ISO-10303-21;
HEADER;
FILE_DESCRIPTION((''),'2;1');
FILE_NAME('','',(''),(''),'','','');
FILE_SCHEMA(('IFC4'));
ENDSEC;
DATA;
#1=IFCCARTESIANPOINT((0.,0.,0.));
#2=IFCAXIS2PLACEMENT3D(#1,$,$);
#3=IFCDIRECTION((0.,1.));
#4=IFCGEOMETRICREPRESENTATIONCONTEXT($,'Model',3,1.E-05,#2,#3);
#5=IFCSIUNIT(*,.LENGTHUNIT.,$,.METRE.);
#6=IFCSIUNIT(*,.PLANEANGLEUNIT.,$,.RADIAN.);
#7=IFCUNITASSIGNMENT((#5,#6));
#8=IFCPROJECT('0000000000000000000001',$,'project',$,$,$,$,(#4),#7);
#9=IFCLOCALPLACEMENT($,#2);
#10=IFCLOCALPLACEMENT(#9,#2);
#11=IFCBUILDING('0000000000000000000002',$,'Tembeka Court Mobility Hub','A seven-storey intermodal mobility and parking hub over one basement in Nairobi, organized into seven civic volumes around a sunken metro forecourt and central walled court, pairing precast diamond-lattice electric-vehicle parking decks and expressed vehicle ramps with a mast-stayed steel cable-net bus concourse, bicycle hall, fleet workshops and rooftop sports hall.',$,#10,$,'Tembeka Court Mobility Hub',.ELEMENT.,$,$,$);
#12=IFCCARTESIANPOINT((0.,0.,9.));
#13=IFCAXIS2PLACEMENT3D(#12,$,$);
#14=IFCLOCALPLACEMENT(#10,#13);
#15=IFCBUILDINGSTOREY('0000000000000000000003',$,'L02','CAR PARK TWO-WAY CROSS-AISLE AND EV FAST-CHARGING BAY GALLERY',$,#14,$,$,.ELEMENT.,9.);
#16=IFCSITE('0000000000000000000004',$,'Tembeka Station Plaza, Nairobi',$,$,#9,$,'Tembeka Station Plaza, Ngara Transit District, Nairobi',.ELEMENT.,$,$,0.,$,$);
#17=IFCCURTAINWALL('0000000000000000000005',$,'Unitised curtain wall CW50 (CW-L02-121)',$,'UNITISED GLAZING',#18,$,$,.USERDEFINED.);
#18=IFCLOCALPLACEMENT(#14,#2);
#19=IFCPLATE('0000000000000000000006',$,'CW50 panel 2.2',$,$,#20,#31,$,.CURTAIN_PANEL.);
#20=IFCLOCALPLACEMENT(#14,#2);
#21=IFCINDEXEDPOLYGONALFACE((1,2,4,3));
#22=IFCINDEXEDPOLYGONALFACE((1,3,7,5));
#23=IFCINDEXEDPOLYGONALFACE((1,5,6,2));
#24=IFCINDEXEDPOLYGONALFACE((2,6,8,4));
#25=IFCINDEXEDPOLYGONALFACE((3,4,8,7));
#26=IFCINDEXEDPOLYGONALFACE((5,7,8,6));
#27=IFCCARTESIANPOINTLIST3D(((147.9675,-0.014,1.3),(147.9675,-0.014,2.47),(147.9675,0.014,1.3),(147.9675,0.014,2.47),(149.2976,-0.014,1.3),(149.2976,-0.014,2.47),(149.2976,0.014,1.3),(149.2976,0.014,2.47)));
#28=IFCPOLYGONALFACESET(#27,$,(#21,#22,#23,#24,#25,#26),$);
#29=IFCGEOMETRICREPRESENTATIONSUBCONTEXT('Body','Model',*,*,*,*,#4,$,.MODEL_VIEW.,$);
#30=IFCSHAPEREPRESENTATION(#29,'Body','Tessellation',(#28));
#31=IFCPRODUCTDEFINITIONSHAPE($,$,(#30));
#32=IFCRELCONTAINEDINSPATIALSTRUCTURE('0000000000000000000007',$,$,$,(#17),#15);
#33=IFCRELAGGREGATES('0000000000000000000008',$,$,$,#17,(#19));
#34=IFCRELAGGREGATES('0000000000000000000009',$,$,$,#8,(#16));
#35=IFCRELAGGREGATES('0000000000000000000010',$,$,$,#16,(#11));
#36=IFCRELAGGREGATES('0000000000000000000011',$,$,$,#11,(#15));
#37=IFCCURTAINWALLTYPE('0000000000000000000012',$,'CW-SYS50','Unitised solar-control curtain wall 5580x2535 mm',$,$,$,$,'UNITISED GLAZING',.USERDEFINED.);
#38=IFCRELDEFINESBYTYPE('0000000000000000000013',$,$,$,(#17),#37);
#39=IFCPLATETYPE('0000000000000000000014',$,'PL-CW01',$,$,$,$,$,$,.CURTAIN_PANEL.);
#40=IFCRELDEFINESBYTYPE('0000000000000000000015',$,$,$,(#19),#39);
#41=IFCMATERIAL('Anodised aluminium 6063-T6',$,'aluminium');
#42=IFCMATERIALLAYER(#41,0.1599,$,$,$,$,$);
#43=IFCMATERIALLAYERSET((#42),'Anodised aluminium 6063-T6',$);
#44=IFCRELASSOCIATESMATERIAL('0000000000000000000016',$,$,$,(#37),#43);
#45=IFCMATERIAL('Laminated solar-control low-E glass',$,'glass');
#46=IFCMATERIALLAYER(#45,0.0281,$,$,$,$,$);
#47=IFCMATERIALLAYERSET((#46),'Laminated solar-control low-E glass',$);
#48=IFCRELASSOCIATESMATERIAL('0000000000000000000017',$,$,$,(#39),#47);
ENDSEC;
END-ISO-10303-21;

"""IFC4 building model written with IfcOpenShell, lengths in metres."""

from ifc_helpers import new_model, si_unit, direction, frame, origin, origin_2d, place, context, subcontext, project, spatial, rectangle, extrude, material, layer, layer_set, type_object, element, aggregate, save


model = new_model("IFC4")

# Units and contexts
model_context = context("Model", 3, precision=1e-05, world=origin(), true_north=direction((0.0, 1.0)))
body_context = subcontext(model_context, "Body", "Model", "MODEL_VIEW")
ifc_project = project(units=[si_unit("LENGTHUNIT", "METRE"), si_unit("PLANEANGLEUNIT", "RADIAN")], contexts=[model_context])

# Site, building, storey
site_placement = place(None, origin())
site = spatial("IfcSite", under=ifc_project, at=site_placement, Name="Tembeka Station Plaza, Nairobi", LongName="Tembeka Station Plaza, Ngara Transit District, Nairobi", CompositionType="ELEMENT", RefElevation=0.0)
building_placement = place(site_placement, origin())
building = spatial("IfcBuilding", under=site, at=building_placement, Name="Tembeka Court Mobility Hub", Description="A seven-storey intermodal mobility and parking hub over one basement in Nairobi, organized into seven civic volumes around a sunken metro forecourt and central walled court, pairing precast diamond-lattice electric-vehicle parking decks and expressed vehicle ramps with a mast-stayed steel cable-net bus concourse, bicycle hall, fleet workshops and rooftop sports hall.", LongName="Tembeka Court Mobility Hub", CompositionType="ELEMENT")
storey_placement = place(building_placement, frame((0.0, 0.0, 9.0)))
storey = spatial("IfcBuildingStorey", under=building, at=storey_placement, Name="L02", Description="CAR PARK TWO-WAY CROSS-AISLE AND EV FAST-CHARGING BAY GALLERY", CompositionType="ELEMENT", Elevation=9.0)

# Curtain wall, plate
ifc_material_1 = material(Name="Anodised aluminium 6063-T6", Category="aluminium")
ifc_layer_1 = layer(ifc_material_1, 0.1599)
ifc_layer_set_1 = layer_set([ifc_layer_1], Name="Anodised aluminium 6063-T6")
curtain_wall_type = type_object("IfcCurtainWallType", Name="CW-SYS50", Description="Unitised solar-control curtain wall 5580x2535 mm", ElementType="UNITISED GLAZING", PredefinedType="USERDEFINED", material=ifc_layer_set_1)
curtain_wall_placement = place(storey_placement, origin())
curtain_wall = element("IfcCurtainWall", 1, at=curtain_wall_placement, inside=storey, type_object=curtain_wall_type, Name="Unitised curtain wall CW50 (CW-L02-121)", ObjectType="UNITISED GLAZING", PredefinedType="USERDEFINED")
ifc_material_2 = material(Name="Laminated solar-control low-E glass", Category="glass")
ifc_layer_2 = layer(ifc_material_2, 0.0281)
ifc_layer_set_2 = layer_set([ifc_layer_2], Name="Laminated solar-control low-E glass")
plate_type = type_object("IfcPlateType", Name="PL-CW01", PredefinedType="CURTAIN_PANEL", material=ifc_layer_set_2)
plate_1_placement = place(storey_placement, frame((148.6326, 0.0, 1.3), z_axis=(0.0, 0.0, 1.0), x_axis=(1.0, 0.0, 0.0)))
plate_1 = element("IfcPlate", 2, at=plate_1_placement, type_object=plate_type, Name="CW50 panel 2.2", PredefinedType="CURTAIN_PANEL", context=body_context, shape_type="SweptSolid", body=[
    extrude(rectangle(XDim=1.3301, YDim=0.0281, at=origin_2d()), origin(), (0.0, 0.0, 1.0), 1.1699),
])
aggregate(curtain_wall, [plate_1])

save(model, "model.ifc")
